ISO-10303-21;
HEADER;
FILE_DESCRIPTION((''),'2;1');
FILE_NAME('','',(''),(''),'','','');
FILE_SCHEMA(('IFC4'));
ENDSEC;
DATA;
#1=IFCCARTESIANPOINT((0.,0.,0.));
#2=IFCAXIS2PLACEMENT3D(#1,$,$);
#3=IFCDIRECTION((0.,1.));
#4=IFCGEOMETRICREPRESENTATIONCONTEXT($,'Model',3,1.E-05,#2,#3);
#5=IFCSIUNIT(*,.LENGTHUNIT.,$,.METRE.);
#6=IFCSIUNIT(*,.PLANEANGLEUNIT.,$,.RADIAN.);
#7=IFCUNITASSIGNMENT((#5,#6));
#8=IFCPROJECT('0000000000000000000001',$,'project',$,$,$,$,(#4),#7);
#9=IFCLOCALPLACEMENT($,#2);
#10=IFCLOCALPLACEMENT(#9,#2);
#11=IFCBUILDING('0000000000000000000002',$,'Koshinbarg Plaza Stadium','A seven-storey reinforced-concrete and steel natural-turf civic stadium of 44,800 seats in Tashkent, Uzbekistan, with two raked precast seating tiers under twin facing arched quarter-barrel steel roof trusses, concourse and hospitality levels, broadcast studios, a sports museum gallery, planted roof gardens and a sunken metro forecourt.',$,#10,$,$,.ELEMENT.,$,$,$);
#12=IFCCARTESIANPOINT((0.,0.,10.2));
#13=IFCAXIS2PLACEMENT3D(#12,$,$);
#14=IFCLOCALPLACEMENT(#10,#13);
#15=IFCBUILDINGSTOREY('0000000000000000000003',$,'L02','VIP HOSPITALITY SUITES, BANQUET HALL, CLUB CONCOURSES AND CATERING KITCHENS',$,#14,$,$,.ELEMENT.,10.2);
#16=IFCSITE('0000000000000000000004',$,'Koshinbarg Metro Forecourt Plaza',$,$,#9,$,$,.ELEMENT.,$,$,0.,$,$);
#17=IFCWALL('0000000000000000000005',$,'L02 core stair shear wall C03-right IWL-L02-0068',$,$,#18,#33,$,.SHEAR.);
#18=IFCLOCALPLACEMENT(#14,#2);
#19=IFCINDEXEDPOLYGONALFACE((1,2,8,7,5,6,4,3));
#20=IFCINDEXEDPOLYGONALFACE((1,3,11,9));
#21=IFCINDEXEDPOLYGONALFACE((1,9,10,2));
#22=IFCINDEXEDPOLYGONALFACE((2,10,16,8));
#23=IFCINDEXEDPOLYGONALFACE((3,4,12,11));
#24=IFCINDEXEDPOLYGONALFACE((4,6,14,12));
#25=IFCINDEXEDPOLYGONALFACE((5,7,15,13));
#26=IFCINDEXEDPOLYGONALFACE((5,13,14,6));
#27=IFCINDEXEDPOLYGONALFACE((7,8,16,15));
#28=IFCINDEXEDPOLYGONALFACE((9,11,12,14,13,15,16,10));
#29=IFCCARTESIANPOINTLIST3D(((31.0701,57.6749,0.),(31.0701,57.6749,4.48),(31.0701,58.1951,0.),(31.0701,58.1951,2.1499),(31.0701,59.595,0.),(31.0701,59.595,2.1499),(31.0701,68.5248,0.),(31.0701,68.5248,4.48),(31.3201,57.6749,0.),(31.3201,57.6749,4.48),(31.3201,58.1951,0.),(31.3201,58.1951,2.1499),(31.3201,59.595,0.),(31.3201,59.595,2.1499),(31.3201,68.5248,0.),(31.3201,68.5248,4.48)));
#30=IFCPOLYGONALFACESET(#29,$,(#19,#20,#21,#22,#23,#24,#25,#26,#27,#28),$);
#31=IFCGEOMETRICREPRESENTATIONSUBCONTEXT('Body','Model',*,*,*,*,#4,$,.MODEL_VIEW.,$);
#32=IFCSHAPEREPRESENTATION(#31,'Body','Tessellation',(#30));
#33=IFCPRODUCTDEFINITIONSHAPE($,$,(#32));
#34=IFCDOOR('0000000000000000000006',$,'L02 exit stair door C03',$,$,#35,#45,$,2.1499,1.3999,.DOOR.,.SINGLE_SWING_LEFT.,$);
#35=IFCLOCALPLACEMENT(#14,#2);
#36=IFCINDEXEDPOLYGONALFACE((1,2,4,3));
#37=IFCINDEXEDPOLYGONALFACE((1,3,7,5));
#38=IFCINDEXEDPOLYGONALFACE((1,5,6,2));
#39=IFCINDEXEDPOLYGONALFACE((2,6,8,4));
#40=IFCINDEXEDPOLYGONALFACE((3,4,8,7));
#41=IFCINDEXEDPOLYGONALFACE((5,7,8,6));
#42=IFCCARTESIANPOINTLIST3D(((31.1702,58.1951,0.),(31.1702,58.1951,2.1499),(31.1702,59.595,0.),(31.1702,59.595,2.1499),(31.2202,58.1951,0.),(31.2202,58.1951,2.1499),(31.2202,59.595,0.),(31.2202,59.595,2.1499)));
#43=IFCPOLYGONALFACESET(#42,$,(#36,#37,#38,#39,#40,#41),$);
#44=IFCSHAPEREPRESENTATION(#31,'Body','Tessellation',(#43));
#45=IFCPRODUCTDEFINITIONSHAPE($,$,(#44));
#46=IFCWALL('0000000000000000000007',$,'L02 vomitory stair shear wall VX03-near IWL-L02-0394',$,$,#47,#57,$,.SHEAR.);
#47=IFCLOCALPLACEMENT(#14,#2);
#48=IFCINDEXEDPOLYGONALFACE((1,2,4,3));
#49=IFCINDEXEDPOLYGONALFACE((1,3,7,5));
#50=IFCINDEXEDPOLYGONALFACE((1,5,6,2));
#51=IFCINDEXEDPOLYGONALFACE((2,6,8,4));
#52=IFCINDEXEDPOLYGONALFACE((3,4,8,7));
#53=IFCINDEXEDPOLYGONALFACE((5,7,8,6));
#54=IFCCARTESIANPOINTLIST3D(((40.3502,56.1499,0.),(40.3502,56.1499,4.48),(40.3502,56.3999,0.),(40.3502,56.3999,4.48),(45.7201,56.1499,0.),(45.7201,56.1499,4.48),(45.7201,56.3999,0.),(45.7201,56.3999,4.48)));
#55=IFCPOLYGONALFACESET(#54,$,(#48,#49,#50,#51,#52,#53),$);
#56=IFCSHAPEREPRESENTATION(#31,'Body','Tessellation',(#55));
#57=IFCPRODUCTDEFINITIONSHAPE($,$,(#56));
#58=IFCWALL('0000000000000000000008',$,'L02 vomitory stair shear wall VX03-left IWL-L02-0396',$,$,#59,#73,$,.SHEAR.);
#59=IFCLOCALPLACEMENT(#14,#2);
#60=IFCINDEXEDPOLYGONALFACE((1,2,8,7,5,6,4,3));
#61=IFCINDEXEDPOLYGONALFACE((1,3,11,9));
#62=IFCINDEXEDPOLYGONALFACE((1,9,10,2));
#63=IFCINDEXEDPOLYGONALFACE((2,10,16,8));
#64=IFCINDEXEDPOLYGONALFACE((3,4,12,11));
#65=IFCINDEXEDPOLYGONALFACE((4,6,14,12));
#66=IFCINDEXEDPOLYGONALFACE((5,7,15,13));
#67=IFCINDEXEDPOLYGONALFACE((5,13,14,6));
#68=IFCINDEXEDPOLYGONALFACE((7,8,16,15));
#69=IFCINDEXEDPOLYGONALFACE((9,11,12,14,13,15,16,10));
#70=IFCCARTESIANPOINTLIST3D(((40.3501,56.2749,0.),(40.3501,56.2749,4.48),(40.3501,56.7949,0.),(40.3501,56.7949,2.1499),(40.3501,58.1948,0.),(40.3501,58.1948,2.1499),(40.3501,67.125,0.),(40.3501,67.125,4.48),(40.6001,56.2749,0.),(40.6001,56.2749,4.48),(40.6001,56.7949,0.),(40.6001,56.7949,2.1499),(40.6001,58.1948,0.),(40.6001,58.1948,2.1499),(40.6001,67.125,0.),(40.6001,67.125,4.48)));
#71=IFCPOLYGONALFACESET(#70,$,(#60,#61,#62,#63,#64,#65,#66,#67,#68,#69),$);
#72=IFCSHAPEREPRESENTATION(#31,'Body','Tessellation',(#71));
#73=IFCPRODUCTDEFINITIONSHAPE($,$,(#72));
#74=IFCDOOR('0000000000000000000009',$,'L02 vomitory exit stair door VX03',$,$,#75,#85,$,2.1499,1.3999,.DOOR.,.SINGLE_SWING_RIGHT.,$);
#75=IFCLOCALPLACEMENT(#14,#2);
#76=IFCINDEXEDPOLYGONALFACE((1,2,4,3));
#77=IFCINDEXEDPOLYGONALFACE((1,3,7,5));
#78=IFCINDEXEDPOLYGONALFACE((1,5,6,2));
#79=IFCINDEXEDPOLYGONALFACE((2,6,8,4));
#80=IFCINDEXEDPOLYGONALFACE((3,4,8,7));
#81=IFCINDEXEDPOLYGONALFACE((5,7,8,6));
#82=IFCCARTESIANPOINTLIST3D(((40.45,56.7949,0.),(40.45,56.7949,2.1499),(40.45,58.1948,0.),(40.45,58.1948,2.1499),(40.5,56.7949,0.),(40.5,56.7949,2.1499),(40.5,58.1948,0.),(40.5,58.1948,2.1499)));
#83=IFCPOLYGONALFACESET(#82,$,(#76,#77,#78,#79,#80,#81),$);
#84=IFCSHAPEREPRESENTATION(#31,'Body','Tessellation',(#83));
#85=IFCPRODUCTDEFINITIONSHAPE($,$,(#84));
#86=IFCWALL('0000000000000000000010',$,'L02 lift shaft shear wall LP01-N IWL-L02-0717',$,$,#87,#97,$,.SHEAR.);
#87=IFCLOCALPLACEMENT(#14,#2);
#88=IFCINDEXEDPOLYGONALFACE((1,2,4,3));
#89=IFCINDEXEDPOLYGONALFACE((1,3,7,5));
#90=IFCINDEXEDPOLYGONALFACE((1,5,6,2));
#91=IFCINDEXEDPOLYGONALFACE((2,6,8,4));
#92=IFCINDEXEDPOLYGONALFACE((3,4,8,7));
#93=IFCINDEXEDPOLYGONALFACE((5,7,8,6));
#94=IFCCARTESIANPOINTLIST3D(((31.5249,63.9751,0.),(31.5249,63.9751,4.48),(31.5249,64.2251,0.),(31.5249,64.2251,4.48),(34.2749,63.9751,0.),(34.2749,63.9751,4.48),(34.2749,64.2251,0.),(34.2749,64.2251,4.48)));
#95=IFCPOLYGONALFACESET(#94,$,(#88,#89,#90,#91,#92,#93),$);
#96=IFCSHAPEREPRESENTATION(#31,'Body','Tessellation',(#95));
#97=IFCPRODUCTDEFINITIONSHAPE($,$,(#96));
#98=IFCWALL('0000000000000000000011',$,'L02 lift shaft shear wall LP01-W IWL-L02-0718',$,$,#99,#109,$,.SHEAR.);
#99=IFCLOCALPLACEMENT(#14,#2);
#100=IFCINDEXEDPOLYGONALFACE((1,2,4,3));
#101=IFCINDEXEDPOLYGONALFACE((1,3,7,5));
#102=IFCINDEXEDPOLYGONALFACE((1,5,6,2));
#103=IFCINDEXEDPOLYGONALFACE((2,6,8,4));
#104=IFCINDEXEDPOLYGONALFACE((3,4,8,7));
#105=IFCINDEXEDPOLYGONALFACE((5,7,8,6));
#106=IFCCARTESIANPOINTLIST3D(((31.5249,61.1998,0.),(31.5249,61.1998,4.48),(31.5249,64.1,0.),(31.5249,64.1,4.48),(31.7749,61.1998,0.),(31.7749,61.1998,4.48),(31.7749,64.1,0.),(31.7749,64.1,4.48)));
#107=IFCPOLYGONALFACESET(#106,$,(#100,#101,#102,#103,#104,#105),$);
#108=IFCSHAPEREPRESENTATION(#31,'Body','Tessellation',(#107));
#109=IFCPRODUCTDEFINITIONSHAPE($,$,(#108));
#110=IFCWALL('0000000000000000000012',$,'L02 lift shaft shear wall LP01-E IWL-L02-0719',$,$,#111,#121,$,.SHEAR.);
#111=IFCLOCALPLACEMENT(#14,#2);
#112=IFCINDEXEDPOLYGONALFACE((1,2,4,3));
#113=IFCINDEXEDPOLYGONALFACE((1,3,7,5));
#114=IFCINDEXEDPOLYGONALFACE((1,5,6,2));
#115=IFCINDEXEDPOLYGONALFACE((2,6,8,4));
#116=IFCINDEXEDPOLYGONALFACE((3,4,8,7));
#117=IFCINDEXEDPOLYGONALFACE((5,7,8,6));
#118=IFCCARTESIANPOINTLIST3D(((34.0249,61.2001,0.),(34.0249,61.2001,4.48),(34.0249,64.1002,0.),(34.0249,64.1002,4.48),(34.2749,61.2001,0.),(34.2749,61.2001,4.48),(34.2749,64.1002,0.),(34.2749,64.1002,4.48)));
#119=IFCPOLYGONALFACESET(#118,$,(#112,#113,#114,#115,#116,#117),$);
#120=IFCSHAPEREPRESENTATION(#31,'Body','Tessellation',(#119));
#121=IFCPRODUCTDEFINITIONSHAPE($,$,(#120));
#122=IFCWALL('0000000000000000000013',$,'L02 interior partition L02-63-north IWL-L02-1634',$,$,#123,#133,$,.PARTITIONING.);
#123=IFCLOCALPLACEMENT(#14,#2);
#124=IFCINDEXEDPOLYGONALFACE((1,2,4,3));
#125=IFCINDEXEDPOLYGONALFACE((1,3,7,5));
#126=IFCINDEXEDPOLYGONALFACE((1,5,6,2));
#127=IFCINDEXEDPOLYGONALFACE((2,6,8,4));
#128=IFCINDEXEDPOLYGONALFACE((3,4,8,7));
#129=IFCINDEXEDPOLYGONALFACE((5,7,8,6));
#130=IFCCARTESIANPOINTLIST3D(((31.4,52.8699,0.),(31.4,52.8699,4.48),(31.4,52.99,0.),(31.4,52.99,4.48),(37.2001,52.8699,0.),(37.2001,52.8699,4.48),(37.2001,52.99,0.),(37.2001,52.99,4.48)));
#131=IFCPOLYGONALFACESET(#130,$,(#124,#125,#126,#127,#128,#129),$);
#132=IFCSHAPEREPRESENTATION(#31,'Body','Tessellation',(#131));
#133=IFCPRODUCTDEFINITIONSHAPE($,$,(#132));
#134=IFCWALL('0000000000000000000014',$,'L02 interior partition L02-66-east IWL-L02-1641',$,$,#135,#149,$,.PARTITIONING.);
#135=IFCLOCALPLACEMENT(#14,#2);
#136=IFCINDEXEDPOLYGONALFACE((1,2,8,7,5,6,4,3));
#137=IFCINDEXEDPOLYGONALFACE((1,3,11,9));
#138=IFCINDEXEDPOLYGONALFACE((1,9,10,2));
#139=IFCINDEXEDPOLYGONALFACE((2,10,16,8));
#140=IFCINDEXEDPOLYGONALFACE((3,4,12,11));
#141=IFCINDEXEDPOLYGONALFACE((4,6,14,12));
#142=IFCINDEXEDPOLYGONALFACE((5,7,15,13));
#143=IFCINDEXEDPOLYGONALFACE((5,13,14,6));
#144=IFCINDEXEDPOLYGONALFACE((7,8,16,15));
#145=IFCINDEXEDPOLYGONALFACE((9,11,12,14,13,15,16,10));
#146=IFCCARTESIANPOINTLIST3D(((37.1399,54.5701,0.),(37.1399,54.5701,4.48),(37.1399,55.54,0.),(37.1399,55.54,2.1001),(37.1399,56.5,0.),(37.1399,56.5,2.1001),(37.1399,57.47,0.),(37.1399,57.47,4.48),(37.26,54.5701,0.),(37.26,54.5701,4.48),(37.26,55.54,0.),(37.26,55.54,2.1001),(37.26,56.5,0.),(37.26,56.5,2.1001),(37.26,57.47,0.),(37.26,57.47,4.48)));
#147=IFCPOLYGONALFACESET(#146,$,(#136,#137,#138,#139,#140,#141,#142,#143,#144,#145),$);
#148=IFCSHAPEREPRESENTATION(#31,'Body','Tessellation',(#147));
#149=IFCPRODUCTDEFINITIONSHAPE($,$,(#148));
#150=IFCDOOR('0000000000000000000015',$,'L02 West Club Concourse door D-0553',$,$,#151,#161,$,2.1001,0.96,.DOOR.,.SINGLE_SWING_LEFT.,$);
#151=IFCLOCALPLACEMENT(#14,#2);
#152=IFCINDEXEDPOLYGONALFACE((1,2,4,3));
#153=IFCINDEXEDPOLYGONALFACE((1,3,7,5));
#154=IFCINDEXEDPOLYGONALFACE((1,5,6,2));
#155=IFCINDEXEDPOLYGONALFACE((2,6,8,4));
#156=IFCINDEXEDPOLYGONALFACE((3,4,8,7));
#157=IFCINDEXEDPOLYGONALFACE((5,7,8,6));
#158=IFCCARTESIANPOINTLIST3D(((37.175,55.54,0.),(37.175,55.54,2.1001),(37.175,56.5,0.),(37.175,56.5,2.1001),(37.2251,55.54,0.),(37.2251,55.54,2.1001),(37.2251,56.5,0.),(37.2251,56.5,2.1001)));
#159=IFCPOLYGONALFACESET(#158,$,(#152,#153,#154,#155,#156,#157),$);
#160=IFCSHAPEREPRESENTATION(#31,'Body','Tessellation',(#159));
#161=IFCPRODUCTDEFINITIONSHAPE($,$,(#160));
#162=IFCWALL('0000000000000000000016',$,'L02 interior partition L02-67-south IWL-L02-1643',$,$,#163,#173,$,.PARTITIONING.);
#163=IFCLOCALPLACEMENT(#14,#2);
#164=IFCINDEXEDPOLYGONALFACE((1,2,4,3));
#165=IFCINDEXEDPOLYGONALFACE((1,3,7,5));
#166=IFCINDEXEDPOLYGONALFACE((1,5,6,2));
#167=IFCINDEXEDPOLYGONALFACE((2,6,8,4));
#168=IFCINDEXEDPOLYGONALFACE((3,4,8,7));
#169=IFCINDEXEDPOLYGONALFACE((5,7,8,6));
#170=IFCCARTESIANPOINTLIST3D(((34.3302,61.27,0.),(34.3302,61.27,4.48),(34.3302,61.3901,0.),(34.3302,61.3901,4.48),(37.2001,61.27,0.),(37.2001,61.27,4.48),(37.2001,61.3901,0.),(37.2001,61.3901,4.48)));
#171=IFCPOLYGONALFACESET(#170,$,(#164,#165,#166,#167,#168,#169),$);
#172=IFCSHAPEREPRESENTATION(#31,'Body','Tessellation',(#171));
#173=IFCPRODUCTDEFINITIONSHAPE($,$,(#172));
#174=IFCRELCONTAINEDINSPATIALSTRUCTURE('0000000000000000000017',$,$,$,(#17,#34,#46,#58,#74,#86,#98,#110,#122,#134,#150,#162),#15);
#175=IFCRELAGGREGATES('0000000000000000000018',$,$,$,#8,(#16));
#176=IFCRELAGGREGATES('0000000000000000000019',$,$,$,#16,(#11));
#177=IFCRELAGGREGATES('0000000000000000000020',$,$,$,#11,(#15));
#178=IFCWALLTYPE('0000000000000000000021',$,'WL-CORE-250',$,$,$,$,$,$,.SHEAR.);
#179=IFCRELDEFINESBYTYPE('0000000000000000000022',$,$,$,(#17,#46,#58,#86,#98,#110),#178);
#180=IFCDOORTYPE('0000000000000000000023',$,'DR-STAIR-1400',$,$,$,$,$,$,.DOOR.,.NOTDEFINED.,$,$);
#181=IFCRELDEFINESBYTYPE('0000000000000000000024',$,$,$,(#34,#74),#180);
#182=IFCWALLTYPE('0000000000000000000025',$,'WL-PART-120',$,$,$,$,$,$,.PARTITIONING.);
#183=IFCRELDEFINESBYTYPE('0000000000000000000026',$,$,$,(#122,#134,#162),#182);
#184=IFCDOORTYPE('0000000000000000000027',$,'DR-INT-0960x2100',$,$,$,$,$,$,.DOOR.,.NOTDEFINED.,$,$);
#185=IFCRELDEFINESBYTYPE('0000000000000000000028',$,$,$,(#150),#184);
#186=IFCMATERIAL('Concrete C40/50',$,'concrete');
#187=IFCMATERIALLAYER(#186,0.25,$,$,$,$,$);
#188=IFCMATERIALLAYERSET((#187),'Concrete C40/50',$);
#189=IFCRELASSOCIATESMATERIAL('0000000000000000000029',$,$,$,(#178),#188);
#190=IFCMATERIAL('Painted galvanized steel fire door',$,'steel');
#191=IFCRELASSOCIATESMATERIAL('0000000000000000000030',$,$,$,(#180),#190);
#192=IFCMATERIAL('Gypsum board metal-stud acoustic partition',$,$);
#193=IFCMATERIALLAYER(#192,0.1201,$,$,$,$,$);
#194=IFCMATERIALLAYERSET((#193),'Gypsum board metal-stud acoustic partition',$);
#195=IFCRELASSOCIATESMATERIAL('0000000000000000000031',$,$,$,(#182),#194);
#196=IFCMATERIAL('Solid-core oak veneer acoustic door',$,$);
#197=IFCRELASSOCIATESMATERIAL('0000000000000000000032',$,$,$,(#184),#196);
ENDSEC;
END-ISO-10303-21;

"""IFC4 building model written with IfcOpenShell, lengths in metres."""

from ifc_helpers import new_model, si_unit, direction, frame, frame_2d, origin, place, context, subcontext, project, spatial, rectangle, extrude, material, layer, layer_set, type_object, element, fill, save


model = new_model("IFC4")

# Units and contexts
model_context = context("Model", 3, precision=1e-05, world=origin(), true_north=direction((0.0, 1.0)))
body_context = subcontext(model_context, "Body", "Model", "MODEL_VIEW")
ifc_project = project(units=[si_unit("LENGTHUNIT", "METRE"), si_unit("PLANEANGLEUNIT", "RADIAN")], contexts=[model_context])

# Site, building, storey
site_placement = place(None, origin())
site = spatial("IfcSite", under=ifc_project, at=site_placement, Name="Koshinbarg Metro Forecourt Plaza", CompositionType="ELEMENT", RefElevation=0.0)
building_placement = place(site_placement, origin())
building = spatial("IfcBuilding", under=site, at=building_placement, Name="Koshinbarg Plaza Stadium", Description="A seven-storey reinforced-concrete and steel natural-turf civic stadium of 44,800 seats in Tashkent, Uzbekistan, with two raked precast seating tiers under twin facing arched quarter-barrel steel roof trusses, concourse and hospitality levels, broadcast studios, a sports museum gallery, planted roof gardens and a sunken metro forecourt.", CompositionType="ELEMENT")
storey_placement = place(building_placement, frame((0.0, 0.0, 10.2)))
storey = spatial("IfcBuildingStorey", under=building, at=storey_placement, Name="L02", Description="VIP HOSPITALITY SUITES, BANQUET HALL, CLUB CONCOURSES AND CATERING KITCHENS", CompositionType="ELEMENT", Elevation=10.2)

# Shared definitions
ifc_material_1 = material(Name="Concrete C40/50", Category="concrete")

# Shared definitions
ifc_layer_1 = layer(ifc_material_1, 0.25)
ifc_layer_set_1 = layer_set([ifc_layer_1], Name="Concrete C40/50")
wall_type_1 = type_object("IfcWallType", Name="WL-CORE-250", PredefinedType="SHEAR", material=ifc_layer_set_1)

# Wall, opening, door
wall_1_placement = place(storey_placement, frame((31.1951, 57.675, 0.0), z_axis=(0.0, 0.0, 1.0), x_axis=(0.0, 1.0, 0.0)))
wall_1 = element("IfcWall", 1, at=wall_1_placement, inside=storey, type_object=wall_type_1, Name="L02 core stair shear wall C03-right IWL-L02-0068", PredefinedType="SHEAR", context=body_context, shape_type="SweptSolid", body=[
    extrude(rectangle(XDim=10.8499, YDim=0.25, at=frame_2d((5.4248, 0.0))), origin(), (0.0, 0.0, 1.0), 4.48),
])
opening_1_placement = place(wall_1_placement, frame((0.52, 0.0, 0.0)))
opening_1 = element("IfcOpeningElement", 2, at=opening_1_placement, cuts=wall_1, PredefinedType="OPENING", context=body_context, shape_type="SweptSolid", body=[
    extrude(rectangle(XDim=1.3999, YDim=2.1499, at=frame_2d((0.7, 1.075))), frame((0.0, 0.135, 0.0), z_axis=(0.0, -1.0, 0.0), x_axis=(1.0, 0.0, 0.0)), (0.0, 0.0, 1.0), 0.27),
])
ifc_material_2 = material(Name="Painted galvanized steel fire door", Category="steel")
door_type_1 = type_object("IfcDoorType", Name="DR-STAIR-1400", OperationType="NOTDEFINED", PredefinedType="DOOR", material=ifc_material_2)
door_1_placement = place(opening_1_placement, origin())
door_1 = element("IfcDoor", 3, at=door_1_placement, inside=storey, type_object=door_type_1, Name="L02 exit stair door C03", OperationType="SINGLE_SWING_LEFT", OverallHeight=2.1499, OverallWidth=1.3999, PredefinedType="DOOR", context=body_context, shape_type="SweptSolid", body=[
    extrude(rectangle(XDim=1.3999, YDim=2.1499, at=frame_2d((0.7, 1.075))), frame((0.0, 0.0249, 0.0), z_axis=(0.0, -1.0, 0.0), x_axis=(1.0, 0.0, 0.0)), (0.0, 0.0, 1.0), 0.05),
])
fill(opening_1, door_1)

# Wall
wall_2_placement = place(storey_placement, frame((40.3501, 56.2749, 0.0), z_axis=(0.0, 0.0, 1.0), x_axis=(1.0, 0.0, 0.0)))
element("IfcWall", 4, at=wall_2_placement, inside=storey, type_object=wall_type_1, Name="L02 vomitory stair shear wall VX03-near IWL-L02-0394", PredefinedType="SHEAR", context=body_context, shape_type="SweptSolid", body=[
    extrude(rectangle(XDim=5.3699, YDim=0.25, at=frame_2d((2.6851, 0.0))), origin(), (0.0, 0.0, 1.0), 4.48),
])

# Wall, opening, door
wall_3_placement = place(storey_placement, frame((40.4751, 56.2749, 0.0), z_axis=(0.0, 0.0, 1.0), x_axis=(0.0, 1.0, 0.0)))
wall_3 = element("IfcWall", 5, at=wall_3_placement, inside=storey, type_object=wall_type_1, Name="L02 vomitory stair shear wall VX03-left IWL-L02-0396", PredefinedType="SHEAR", context=body_context, shape_type="SweptSolid", body=[
    extrude(rectangle(XDim=10.8501, YDim=0.25, at=frame_2d((5.425, 0.0))), origin(), (0.0, 0.0, 1.0), 4.48),
])
opening_2_placement = place(wall_3_placement, frame((0.52, 0.0, 0.0)))
opening_2 = element("IfcOpeningElement", 6, at=opening_2_placement, cuts=wall_3, PredefinedType="OPENING", context=body_context, shape_type="SweptSolid", body=[
    extrude(rectangle(XDim=1.3999, YDim=2.1499, at=frame_2d((0.7, 1.075))), frame((0.0, 0.135, 0.0), z_axis=(0.0, -1.0, 0.0), x_axis=(1.0, 0.0, 0.0)), (0.0, 0.0, 1.0), 0.27),
])
door_2_placement = place(opening_2_placement, frame((1.3999, 0.0, 0.0), z_axis=(0.0, 0.0, 1.0), x_axis=(-1.0, 0.0, 0.0)))
door_2 = element("IfcDoor", 7, at=door_2_placement, inside=storey, type_object=door_type_1, Name="L02 vomitory exit stair door VX03", OperationType="SINGLE_SWING_RIGHT", OverallHeight=2.1499, OverallWidth=1.3999, PredefinedType="DOOR", context=body_context, shape_type="SweptSolid", body=[
    extrude(rectangle(XDim=1.3999, YDim=2.1499, at=frame_2d((0.7, 1.075))), frame((0.0, 0.0249, 0.0), z_axis=(0.0, -1.0, 0.0), x_axis=(1.0, 0.0, 0.0)), (0.0, 0.0, 1.0), 0.05),
])
fill(opening_2, door_2)

# Walls
wall_4_placement = place(storey_placement, frame((34.2749, 64.1001, 0.0), z_axis=(0.0, 0.0, 1.0), x_axis=(-1.0, 0.0, 0.0)))
element("IfcWall", 8, at=wall_4_placement, inside=storey, type_object=wall_type_1, Name="L02 lift shaft shear wall LP01-N IWL-L02-0717", PredefinedType="SHEAR", context=body_context, shape_type="SweptSolid", body=[
    extrude(rectangle(XDim=2.75, YDim=0.25, at=frame_2d((1.375, 0.0))), origin(), (0.0, 0.0, 1.0), 4.48),
])
for number, where, z_axis, x_axis, name in (
    (9, (31.6499, 64.1001, 0.0), (0.0, 0.0, 1.0), (0.0, -1.0, 0.0), "L02 lift shaft shear wall LP01-W IWL-L02-0718"),
    (10, (34.1499, 61.2, 0.0), (0.0, 0.0, 1.0), (0.0, 1.0, 0.0), "L02 lift shaft shear wall LP01-E IWL-L02-0719"),
):
    element("IfcWall", number, at=place(storey_placement, frame(where, z_axis=z_axis, x_axis=x_axis)), inside=storey, type_object=wall_type_1, Name=name, PredefinedType="SHEAR", context=body_context, shape_type="SweptSolid", body=[
        extrude(rectangle(XDim=2.9001, YDim=0.25, at=frame_2d((1.4502, 0.0))), origin(), (0.0, 0.0, 1.0), 4.48),
    ])
ifc_material_3 = material(Name="Gypsum board metal-stud acoustic partition")
ifc_layer_2 = layer(ifc_material_3, 0.1201)
ifc_layer_set_2 = layer_set([ifc_layer_2], Name="Gypsum board metal-stud acoustic partition")
wall_type_2 = type_object("IfcWallType", Name="WL-PART-120", PredefinedType="PARTITIONING", material=ifc_layer_set_2)
wall_5_placement = place(storey_placement, frame((37.2, 52.9299, 0.0), z_axis=(0.0, 0.0, 1.0), x_axis=(-1.0, 0.0, 0.0)))
element("IfcWall", 11, at=wall_5_placement, inside=storey, type_object=wall_type_2, Name="L02 interior partition L02-63-north IWL-L02-1634", PredefinedType="PARTITIONING", context=body_context, shape_type="SweptSolid", body=[
    extrude(rectangle(XDim=5.8, YDim=0.1201, at=frame_2d((2.8999, 0.0))), origin(), (0.0, 0.0, 1.0), 4.48),
])

# Wall, opening, door
wall_6_placement = place(storey_placement, frame((37.2, 54.5701, 0.0), z_axis=(0.0, 0.0, 1.0), x_axis=(0.0, 1.0, 0.0)))
wall_6 = element("IfcWall", 12, at=wall_6_placement, inside=storey, type_object=wall_type_2, Name="L02 interior partition L02-66-east IWL-L02-1641", PredefinedType="PARTITIONING", context=body_context, shape_type="SweptSolid", body=[
    extrude(rectangle(XDim=2.8999, YDim=0.1201, at=frame_2d((1.45, 0.0))), origin(), (0.0, 0.0, 1.0), 4.48),
])
opening_3_placement = place(wall_6_placement, frame((0.97, 0.0, 0.0)))
opening_3 = element("IfcOpeningElement", 13, at=opening_3_placement, cuts=wall_6, PredefinedType="OPENING", context=body_context, shape_type="SweptSolid", body=[
    extrude(rectangle(XDim=0.96, YDim=2.1001, at=frame_2d((0.48, 1.05))), frame((0.0, 0.0701, 0.0), z_axis=(0.0, -1.0, 0.0), x_axis=(1.0, 0.0, 0.0)), (0.0, 0.0, 1.0), 0.1401),
])
ifc_material_4 = material(Name="Solid-core oak veneer acoustic door")
door_type_2 = type_object("IfcDoorType", Name="DR-INT-0960x2100", OperationType="NOTDEFINED", PredefinedType="DOOR", material=ifc_material_4)
door_3_placement = place(opening_3_placement, origin())
door_3 = element("IfcDoor", 14, at=door_3_placement, inside=storey, type_object=door_type_2, Name="L02 West Club Concourse door D-0553", OperationType="SINGLE_SWING_LEFT", OverallHeight=2.1001, OverallWidth=0.96, PredefinedType="DOOR", context=body_context, shape_type="SweptSolid", body=[
    extrude(rectangle(XDim=0.96, YDim=2.1001, at=frame_2d((0.48, 1.05))), frame((0.0, 0.0249, 0.0), z_axis=(0.0, -1.0, 0.0), x_axis=(1.0, 0.0, 0.0)), (0.0, 0.0, 1.0), 0.05),
])
fill(opening_3, door_3)

# Wall
wall_7_placement = place(storey_placement, frame((34.3301, 61.3301, 0.0), z_axis=(0.0, 0.0, 1.0), x_axis=(1.0, 0.0, 0.0)))
element("IfcWall", 15, at=wall_7_placement, inside=storey, type_object=wall_type_2, Name="L02 interior partition L02-67-south IWL-L02-1643", PredefinedType="PARTITIONING", context=body_context, shape_type="SweptSolid", body=[
    extrude(rectangle(XDim=2.8699, YDim=0.1201, at=frame_2d((1.4351, 0.0))), origin(), (0.0, 0.0, 1.0), 4.48),
])

save(model, "model.ifc")
